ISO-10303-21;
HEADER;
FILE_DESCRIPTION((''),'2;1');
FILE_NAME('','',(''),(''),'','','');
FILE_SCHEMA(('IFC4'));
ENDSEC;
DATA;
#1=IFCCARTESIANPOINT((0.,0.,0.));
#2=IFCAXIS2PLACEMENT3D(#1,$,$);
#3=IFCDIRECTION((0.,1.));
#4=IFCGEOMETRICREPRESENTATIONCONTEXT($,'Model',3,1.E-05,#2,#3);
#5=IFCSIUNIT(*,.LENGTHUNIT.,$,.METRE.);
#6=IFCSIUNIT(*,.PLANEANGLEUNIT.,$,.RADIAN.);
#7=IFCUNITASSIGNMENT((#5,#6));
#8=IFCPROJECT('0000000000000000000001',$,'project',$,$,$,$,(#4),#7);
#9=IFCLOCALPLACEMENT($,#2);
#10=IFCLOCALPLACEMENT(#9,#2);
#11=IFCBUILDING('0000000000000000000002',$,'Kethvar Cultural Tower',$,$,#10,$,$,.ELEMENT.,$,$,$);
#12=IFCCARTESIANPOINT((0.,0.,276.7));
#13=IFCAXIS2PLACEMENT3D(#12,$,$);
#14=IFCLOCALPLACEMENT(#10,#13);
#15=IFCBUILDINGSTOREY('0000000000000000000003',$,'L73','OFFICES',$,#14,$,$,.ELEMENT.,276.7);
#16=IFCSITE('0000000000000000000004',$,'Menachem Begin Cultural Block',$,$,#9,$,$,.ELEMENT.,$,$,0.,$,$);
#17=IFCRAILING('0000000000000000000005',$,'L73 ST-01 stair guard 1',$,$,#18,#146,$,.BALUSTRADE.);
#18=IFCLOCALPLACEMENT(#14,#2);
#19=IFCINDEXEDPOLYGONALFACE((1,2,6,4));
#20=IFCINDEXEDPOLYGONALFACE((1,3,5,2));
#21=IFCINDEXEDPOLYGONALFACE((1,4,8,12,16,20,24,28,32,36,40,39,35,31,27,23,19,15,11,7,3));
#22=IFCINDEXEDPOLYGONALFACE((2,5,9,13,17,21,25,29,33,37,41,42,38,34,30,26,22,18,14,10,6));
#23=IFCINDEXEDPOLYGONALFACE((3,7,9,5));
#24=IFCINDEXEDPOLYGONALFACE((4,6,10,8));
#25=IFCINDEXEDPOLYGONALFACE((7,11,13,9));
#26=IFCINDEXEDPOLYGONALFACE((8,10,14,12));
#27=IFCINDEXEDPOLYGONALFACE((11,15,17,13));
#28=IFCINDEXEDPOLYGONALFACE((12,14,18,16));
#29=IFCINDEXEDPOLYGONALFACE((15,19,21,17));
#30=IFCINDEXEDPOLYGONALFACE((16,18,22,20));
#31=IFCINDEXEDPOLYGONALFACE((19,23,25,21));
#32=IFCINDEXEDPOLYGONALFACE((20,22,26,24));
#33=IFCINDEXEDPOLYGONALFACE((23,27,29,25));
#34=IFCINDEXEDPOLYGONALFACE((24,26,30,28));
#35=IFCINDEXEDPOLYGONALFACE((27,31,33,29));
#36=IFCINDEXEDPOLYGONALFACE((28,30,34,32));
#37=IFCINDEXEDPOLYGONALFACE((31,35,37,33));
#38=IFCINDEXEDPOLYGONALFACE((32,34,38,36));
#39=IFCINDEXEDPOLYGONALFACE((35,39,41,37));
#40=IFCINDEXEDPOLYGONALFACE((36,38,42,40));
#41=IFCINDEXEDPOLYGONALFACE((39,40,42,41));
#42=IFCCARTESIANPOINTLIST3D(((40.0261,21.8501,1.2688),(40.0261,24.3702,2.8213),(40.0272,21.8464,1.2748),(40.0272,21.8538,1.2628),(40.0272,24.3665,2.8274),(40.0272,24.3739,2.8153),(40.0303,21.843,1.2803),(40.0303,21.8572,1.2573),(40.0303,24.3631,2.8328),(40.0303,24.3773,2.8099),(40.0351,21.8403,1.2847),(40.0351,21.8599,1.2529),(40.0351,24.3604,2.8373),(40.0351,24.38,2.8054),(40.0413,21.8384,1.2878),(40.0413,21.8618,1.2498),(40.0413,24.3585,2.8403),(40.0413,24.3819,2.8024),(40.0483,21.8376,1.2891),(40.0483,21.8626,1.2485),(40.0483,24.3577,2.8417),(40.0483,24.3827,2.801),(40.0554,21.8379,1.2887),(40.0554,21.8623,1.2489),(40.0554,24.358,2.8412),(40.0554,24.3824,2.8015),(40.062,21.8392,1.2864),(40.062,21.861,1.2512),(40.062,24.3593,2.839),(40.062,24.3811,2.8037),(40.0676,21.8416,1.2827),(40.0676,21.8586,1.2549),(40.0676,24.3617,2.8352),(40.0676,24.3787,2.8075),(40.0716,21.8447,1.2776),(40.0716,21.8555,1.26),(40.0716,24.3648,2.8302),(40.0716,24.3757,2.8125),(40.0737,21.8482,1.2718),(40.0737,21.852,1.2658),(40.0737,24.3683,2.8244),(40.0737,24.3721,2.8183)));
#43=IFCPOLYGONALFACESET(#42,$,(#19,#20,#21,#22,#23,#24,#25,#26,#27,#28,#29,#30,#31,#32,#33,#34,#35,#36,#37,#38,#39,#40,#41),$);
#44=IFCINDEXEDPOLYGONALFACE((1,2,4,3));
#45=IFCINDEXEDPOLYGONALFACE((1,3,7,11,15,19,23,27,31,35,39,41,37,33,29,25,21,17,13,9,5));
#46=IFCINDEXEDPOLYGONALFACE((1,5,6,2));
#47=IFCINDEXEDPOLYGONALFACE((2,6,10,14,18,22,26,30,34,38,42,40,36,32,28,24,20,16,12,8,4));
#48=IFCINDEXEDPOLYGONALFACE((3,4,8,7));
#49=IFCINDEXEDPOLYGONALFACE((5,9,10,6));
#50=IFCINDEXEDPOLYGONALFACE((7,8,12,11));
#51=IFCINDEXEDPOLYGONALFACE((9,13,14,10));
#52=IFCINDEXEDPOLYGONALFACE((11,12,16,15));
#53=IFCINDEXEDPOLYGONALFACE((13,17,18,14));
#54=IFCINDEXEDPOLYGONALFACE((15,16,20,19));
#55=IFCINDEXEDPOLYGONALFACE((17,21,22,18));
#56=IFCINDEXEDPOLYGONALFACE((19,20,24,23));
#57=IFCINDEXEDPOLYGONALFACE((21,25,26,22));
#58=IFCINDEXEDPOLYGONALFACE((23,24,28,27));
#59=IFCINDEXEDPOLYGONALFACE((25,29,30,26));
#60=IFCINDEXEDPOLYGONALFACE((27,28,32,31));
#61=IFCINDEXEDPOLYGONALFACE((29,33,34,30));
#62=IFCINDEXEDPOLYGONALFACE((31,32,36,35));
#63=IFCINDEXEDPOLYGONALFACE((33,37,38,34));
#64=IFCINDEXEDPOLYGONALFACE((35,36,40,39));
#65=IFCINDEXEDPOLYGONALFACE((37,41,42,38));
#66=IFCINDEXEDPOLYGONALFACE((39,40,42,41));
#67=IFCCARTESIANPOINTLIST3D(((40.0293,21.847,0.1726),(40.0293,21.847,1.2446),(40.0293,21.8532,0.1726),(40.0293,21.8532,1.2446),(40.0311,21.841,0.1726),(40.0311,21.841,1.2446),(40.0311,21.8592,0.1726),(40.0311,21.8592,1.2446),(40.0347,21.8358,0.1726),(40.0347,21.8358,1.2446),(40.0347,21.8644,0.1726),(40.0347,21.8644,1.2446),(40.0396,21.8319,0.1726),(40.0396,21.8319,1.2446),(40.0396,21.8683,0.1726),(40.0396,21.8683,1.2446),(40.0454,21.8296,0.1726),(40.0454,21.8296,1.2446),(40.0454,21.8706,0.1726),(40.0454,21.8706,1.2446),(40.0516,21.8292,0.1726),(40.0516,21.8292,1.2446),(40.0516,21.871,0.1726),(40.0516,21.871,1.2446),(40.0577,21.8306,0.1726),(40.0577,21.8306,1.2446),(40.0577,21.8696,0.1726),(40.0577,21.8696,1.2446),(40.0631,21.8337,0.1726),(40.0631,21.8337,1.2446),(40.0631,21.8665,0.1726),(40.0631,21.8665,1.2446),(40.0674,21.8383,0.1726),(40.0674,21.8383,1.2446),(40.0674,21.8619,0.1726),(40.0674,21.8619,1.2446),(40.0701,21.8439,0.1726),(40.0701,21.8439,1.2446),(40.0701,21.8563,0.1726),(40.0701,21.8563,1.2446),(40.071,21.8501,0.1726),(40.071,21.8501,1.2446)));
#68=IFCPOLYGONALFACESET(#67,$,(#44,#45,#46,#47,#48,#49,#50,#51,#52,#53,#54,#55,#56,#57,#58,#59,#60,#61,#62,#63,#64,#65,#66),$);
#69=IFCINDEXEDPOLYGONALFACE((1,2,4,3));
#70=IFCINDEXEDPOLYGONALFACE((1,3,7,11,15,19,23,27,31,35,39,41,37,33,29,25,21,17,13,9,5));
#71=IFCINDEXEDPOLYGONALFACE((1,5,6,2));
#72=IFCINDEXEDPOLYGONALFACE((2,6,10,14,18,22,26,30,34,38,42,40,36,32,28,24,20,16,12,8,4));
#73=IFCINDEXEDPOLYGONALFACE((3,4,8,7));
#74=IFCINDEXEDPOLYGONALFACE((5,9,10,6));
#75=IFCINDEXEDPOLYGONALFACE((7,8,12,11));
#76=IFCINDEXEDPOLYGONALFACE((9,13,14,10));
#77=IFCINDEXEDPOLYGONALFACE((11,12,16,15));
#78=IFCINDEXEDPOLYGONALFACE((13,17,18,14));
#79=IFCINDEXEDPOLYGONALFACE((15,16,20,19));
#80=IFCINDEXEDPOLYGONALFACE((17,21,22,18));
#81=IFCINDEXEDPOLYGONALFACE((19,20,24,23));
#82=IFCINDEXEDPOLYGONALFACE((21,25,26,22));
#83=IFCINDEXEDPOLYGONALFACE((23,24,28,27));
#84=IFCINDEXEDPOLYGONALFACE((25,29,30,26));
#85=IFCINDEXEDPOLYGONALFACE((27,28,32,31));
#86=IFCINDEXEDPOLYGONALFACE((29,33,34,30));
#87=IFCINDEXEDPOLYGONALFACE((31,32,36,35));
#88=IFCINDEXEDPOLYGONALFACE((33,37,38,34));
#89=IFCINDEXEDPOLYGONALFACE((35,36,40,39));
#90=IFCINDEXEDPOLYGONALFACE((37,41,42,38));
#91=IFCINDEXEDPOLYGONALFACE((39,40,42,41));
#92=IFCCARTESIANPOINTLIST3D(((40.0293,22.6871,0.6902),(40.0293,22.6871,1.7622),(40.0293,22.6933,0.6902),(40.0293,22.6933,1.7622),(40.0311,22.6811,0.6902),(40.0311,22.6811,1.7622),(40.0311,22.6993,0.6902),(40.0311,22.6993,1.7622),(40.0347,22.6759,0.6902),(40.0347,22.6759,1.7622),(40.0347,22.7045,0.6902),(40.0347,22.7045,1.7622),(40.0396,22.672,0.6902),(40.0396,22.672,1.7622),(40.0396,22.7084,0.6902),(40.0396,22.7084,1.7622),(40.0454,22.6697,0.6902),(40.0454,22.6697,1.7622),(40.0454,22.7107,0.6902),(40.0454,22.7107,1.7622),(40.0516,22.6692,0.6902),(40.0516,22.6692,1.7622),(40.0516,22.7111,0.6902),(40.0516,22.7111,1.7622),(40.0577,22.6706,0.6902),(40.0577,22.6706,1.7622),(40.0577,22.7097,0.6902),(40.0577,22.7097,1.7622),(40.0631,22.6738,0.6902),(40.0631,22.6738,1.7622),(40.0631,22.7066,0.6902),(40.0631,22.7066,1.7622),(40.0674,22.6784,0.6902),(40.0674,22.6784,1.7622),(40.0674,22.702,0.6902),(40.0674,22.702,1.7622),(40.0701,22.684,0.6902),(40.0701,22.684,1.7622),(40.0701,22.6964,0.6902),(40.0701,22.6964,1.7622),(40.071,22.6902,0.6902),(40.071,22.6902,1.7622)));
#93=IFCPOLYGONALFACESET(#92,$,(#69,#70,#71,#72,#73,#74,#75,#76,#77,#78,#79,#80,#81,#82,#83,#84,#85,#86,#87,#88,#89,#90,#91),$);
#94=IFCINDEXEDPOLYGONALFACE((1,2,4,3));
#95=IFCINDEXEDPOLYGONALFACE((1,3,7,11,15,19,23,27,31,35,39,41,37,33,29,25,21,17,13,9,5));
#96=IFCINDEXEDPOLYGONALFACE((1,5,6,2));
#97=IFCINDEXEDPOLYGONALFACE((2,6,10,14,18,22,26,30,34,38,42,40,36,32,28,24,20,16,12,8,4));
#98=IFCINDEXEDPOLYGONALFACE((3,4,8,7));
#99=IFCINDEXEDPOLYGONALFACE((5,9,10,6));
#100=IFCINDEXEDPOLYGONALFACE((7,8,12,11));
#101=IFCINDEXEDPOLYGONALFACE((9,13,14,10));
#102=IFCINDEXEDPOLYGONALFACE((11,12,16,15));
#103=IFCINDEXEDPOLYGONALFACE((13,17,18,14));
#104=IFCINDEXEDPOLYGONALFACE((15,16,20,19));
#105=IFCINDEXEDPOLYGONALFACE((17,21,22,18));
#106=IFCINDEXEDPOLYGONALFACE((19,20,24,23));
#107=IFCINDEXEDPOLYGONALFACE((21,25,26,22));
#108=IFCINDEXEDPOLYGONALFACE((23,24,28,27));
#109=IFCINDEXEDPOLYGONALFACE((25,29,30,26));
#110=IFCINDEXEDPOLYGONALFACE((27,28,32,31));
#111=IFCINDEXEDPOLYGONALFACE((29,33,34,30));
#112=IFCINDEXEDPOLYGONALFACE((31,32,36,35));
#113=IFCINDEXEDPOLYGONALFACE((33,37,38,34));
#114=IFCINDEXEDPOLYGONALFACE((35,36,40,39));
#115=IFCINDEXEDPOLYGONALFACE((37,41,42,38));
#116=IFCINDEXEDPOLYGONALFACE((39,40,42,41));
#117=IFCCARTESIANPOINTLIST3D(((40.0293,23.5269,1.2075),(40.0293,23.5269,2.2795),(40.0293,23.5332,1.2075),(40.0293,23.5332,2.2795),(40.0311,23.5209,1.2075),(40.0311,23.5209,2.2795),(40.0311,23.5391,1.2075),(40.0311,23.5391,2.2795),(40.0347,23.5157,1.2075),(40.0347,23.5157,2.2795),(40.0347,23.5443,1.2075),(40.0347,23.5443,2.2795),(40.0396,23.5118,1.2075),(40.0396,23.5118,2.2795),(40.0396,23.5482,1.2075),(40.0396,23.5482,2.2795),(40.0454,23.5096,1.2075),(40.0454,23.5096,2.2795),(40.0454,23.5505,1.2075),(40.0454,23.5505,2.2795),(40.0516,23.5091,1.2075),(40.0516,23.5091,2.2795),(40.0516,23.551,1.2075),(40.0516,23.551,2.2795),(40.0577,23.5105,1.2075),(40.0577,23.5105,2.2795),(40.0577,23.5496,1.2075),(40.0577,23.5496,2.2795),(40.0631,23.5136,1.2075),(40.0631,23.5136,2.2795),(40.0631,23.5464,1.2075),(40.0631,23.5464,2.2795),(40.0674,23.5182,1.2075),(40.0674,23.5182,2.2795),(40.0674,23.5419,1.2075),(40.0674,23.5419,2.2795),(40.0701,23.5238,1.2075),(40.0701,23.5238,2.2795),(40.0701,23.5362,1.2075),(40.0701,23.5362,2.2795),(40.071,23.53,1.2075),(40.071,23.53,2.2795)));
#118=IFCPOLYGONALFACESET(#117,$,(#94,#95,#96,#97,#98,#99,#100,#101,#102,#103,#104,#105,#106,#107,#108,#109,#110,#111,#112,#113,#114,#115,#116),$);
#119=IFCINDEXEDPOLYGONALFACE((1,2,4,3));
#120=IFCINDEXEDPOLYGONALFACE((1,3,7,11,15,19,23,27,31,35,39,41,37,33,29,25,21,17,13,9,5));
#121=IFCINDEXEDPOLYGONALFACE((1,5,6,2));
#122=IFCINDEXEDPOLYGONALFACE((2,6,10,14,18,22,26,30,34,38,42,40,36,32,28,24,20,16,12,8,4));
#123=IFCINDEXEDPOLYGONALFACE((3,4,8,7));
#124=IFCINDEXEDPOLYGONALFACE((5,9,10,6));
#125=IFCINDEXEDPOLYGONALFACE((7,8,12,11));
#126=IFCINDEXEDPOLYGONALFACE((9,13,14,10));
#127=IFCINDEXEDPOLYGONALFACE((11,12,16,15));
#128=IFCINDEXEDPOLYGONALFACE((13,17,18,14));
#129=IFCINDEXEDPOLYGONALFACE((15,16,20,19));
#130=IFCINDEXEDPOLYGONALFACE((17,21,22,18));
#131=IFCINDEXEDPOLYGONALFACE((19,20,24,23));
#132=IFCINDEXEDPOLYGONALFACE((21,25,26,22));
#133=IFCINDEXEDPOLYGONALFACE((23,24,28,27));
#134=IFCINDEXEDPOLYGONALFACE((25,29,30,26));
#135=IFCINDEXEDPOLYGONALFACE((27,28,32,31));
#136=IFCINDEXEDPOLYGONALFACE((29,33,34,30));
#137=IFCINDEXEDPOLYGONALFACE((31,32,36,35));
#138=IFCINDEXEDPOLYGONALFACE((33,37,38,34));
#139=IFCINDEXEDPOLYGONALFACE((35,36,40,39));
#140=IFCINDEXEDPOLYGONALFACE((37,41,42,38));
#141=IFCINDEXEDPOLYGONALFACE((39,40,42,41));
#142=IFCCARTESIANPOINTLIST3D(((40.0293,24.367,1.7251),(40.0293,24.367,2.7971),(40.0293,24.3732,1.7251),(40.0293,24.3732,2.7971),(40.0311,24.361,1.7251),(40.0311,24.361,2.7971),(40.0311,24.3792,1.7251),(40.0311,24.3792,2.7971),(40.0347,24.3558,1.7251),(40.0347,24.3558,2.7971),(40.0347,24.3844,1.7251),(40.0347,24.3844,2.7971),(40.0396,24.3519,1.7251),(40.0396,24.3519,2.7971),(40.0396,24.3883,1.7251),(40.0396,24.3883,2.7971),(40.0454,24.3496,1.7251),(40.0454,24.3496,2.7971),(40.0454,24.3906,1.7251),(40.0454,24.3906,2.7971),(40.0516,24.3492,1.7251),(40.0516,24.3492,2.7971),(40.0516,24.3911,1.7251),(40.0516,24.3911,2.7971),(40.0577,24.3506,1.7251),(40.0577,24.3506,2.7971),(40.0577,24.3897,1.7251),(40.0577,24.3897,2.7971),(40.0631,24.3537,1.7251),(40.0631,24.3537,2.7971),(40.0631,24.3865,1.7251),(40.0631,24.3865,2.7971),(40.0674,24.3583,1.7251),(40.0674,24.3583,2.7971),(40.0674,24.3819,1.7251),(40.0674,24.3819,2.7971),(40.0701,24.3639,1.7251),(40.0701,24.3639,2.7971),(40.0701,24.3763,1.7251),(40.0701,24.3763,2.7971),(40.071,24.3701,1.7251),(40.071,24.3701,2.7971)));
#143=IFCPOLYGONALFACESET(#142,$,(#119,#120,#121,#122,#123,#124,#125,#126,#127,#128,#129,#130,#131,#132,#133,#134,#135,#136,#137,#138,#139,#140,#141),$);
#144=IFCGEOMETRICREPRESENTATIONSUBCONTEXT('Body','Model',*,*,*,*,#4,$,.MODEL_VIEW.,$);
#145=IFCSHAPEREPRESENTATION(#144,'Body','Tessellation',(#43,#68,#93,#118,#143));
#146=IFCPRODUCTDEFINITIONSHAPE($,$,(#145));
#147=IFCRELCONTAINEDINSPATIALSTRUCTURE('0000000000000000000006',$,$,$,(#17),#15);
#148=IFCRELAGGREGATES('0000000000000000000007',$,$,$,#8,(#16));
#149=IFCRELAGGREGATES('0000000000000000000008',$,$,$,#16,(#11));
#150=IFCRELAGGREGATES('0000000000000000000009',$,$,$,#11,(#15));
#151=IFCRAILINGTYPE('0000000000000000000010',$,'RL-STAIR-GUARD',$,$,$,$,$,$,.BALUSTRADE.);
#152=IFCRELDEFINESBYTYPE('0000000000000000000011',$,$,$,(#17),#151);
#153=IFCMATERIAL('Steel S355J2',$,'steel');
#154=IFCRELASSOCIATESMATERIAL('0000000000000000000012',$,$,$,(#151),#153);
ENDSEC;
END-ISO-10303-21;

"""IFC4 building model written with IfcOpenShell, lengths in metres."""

from ifc_helpers import new_model, si_unit, direction, frame, origin, origin_2d, place, context, subcontext, project, spatial, circle, extrude, material, type_object, element, save


model = new_model("IFC4")

# Units and contexts
model_context = context("Model", 3, precision=1e-05, world=origin(), true_north=direction((0.0, 1.0)))
body_context = subcontext(model_context, "Body", "Model", "MODEL_VIEW")
ifc_project = project(units=[si_unit("LENGTHUNIT", "METRE"), si_unit("PLANEANGLEUNIT", "RADIAN")], contexts=[model_context])

# Site, building, storey
site_placement = place(None, origin())
site = spatial("IfcSite", under=ifc_project, at=site_placement, Name="Menachem Begin Cultural Block", CompositionType="ELEMENT", RefElevation=0.0)
building_placement = place(site_placement, origin())
building = spatial("IfcBuilding", under=site, at=building_placement, Name="Kethvar Cultural Tower", CompositionType="ELEMENT")
storey_placement = place(building_placement, frame((0.0, 0.0, 276.7)))
storey = spatial("IfcBuildingStorey", under=building, at=storey_placement, Name="L73", Description="OFFICES", CompositionType="ELEMENT", Elevation=276.7)

# Shared definitions
ifc_material_1 = material(Name="Steel S355J2", Category="steel")

# Railing
railing_type_1 = type_object("IfcRailingType", Name="RL-STAIR-GUARD", PredefinedType="BALUSTRADE", material=ifc_material_1)
railing_1_placement = place(storey_placement, frame((40.05, 21.8501, 0.1726)))
element("IfcRailing", 1, at=railing_1_placement, inside=storey, type_object=railing_type_1, Name="L73 ST-01 stair guard 1", PredefinedType="BALUSTRADE", context=body_context, shape_type="SweptSolid", body=[
    extrude(circle(Radius=0.0239, at=origin_2d()), frame((0.0, 0.0, 1.0962), z_axis=(0.0, 0.8514, 0.524516), x_axis=(-1.0, 0.0, 0.0)), (0.0, 0.0, 1.0), 2.96),
    extrude(circle(Radius=0.021, at=origin_2d()), origin(), (0.0, 0.0, 1.0), 1.072),
    extrude(circle(Radius=0.021, at=origin_2d()), frame((0.0, 0.8401, 0.5176)), (0.0, 0.0, 1.0), 1.072),
    extrude(circle(Radius=0.021, at=origin_2d()), frame((0.0, 1.6799, 1.0349)), (0.0, 0.0, 1.0), 1.072),
    extrude(circle(Radius=0.021, at=origin_2d()), frame((0.0, 2.52, 1.5525)), (0.0, 0.0, 1.0), 1.072),
])

save(model, "model.ifc")
